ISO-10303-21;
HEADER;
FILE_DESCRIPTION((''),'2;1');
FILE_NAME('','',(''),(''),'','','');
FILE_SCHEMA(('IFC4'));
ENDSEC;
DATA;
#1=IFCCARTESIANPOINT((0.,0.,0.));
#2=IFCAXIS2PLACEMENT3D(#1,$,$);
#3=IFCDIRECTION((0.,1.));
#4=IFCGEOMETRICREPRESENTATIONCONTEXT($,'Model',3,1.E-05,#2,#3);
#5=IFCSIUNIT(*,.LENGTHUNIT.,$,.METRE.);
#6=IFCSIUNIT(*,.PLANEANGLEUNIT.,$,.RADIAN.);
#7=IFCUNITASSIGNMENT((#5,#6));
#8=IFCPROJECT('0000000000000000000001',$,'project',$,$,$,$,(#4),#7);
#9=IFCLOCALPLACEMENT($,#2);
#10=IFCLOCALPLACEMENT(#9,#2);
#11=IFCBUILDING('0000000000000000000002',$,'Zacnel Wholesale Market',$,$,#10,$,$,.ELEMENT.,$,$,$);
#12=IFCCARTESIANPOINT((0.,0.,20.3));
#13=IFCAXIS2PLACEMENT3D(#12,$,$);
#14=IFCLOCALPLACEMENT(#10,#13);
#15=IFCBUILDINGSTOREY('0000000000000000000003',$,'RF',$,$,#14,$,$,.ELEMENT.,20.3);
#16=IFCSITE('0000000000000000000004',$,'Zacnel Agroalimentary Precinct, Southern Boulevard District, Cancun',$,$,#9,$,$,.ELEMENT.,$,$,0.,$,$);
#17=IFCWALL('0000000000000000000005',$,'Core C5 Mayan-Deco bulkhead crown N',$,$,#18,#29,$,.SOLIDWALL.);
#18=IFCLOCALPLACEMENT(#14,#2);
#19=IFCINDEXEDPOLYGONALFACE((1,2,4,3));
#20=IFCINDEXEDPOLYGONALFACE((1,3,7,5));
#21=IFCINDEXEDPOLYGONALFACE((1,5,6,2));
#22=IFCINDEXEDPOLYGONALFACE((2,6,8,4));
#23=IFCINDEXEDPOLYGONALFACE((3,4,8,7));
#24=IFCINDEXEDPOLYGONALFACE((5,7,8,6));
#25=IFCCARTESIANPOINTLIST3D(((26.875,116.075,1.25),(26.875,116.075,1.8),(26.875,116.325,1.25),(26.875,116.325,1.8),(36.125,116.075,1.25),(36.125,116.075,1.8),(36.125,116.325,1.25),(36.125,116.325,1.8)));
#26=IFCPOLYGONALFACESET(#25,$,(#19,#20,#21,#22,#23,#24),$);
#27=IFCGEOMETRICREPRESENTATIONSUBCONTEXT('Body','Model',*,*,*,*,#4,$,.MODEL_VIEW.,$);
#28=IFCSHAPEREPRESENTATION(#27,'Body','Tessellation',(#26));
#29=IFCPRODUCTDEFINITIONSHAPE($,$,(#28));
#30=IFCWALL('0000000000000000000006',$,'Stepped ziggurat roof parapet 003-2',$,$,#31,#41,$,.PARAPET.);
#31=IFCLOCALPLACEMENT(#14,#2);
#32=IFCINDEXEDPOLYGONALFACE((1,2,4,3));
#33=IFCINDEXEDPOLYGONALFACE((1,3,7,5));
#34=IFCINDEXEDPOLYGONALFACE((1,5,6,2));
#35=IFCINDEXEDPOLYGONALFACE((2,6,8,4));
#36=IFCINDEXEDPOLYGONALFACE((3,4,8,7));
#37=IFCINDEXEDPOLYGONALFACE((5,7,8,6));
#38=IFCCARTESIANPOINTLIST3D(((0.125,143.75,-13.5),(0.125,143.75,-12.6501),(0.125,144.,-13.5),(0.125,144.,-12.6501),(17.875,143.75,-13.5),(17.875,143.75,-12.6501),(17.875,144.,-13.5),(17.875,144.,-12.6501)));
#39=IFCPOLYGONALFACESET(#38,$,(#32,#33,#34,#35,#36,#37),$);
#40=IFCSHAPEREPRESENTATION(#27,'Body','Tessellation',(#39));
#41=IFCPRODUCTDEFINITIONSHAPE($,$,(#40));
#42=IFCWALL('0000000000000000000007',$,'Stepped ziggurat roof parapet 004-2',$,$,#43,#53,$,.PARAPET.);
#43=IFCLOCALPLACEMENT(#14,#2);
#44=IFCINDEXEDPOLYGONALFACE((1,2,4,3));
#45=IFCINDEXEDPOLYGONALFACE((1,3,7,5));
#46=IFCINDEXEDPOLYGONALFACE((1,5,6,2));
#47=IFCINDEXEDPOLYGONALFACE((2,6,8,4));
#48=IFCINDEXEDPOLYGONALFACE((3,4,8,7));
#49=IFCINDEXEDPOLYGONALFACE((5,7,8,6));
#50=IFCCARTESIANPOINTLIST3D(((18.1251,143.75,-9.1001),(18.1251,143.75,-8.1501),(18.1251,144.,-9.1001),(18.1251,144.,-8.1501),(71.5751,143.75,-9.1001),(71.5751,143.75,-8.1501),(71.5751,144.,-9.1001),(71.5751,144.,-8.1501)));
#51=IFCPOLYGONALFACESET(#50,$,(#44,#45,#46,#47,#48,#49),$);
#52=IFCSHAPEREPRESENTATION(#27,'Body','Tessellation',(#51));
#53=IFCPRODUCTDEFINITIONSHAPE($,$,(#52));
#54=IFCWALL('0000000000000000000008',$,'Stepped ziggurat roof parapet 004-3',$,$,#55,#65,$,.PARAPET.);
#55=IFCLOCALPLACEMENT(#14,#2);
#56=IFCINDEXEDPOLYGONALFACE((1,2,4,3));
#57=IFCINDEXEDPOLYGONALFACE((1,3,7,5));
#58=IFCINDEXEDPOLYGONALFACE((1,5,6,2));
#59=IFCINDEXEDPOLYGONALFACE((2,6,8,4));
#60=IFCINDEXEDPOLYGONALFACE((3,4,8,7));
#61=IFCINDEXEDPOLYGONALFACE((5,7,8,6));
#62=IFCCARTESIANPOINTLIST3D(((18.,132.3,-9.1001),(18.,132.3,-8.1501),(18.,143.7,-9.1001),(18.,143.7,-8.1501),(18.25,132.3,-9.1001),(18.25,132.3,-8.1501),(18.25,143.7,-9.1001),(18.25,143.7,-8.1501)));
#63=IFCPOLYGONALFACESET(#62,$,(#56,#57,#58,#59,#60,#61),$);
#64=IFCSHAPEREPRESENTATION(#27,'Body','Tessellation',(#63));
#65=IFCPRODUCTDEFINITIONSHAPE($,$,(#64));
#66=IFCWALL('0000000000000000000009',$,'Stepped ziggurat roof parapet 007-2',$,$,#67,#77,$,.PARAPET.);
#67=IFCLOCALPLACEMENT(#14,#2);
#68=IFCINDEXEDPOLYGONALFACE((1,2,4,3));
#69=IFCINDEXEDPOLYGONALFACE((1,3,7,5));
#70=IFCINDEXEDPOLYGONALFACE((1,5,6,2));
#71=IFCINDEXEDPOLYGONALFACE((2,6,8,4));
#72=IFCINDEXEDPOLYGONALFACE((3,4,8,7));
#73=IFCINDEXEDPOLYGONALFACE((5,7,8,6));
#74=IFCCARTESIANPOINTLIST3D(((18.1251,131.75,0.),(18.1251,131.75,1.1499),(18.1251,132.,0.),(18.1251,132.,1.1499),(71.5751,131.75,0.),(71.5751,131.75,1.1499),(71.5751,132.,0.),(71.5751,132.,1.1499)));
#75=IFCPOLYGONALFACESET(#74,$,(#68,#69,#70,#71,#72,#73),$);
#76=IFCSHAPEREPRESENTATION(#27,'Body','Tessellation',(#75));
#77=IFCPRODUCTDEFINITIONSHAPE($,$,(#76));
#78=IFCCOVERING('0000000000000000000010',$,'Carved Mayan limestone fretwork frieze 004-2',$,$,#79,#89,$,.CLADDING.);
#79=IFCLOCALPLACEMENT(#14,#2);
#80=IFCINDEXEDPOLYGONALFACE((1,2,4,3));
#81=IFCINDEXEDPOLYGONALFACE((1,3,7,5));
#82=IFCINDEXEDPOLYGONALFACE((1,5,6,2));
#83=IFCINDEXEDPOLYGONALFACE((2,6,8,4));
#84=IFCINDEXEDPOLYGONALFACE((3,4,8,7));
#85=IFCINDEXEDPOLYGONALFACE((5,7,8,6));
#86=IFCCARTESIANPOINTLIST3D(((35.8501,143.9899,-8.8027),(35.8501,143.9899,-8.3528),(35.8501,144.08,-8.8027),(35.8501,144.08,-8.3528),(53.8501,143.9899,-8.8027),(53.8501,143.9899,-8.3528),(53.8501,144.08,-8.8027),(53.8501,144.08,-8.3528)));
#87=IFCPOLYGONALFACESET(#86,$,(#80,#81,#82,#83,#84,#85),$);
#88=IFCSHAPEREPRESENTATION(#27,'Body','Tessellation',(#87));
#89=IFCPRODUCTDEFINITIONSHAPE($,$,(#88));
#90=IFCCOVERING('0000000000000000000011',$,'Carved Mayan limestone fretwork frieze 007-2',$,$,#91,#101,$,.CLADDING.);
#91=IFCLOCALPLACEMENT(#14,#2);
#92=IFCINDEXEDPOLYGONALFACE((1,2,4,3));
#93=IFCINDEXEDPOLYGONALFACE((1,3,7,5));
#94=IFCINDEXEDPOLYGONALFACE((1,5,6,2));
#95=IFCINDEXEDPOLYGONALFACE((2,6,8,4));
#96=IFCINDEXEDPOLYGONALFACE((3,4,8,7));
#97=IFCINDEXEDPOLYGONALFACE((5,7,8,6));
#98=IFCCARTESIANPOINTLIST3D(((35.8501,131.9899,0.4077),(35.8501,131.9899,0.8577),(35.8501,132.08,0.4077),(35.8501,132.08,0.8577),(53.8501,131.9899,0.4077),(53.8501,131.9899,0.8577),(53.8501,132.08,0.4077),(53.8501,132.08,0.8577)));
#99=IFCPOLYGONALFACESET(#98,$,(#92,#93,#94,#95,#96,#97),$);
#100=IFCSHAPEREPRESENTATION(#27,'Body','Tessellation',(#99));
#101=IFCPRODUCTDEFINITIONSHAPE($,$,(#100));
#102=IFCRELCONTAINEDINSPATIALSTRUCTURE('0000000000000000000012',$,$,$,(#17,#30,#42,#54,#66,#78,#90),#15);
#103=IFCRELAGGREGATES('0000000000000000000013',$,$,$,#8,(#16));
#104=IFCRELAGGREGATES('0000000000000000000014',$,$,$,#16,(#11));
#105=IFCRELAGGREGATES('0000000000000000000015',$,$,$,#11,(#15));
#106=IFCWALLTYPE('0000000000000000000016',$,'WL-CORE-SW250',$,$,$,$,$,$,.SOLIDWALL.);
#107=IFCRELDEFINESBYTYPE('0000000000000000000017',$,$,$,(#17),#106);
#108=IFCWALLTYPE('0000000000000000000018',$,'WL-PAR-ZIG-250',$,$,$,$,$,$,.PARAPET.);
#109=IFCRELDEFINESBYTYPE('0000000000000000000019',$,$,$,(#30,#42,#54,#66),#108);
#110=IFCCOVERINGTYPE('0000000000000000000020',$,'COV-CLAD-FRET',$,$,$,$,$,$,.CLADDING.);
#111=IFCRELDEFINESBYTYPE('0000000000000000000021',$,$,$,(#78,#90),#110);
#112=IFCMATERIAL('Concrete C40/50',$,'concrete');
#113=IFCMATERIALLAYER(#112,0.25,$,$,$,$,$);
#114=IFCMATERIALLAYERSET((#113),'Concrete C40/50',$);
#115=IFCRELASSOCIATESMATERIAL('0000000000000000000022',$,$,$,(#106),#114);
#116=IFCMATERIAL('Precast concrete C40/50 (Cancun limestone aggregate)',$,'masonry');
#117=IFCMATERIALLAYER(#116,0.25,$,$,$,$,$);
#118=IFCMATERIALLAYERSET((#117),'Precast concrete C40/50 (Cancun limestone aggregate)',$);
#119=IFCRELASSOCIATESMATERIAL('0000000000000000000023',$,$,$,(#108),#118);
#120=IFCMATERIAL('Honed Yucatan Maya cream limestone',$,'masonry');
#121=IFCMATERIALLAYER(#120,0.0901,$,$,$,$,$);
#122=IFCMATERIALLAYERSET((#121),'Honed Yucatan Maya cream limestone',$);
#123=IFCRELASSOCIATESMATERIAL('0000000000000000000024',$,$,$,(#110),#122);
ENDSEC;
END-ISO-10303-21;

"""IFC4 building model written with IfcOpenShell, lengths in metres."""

from ifc_helpers import new_model, si_unit, direction, frame, frame_2d, origin, origin_2d, place, context, subcontext, project, spatial, rectangle, extrude, material, layer, layer_set, type_object, element, save


model = new_model("IFC4")

# Units and contexts
model_context = context("Model", 3, precision=1e-05, world=origin(), true_north=direction((0.0, 1.0)))
body_context = subcontext(model_context, "Body", "Model", "MODEL_VIEW")
ifc_project = project(units=[si_unit("LENGTHUNIT", "METRE"), si_unit("PLANEANGLEUNIT", "RADIAN")], contexts=[model_context])

# Site, building, storey
site_placement = place(None, origin())
site = spatial("IfcSite", under=ifc_project, at=site_placement, Name="Zacnel Agroalimentary Precinct, Southern Boulevard District, Cancun", CompositionType="ELEMENT", RefElevation=0.0)
building_placement = place(site_placement, origin())
building = spatial("IfcBuilding", under=site, at=building_placement, Name="Zacnel Wholesale Market", CompositionType="ELEMENT")
storey_placement = place(building_placement, frame((0.0, 0.0, 20.3)))
storey = spatial("IfcBuildingStorey", under=building, at=storey_placement, Name="RF", CompositionType="ELEMENT", Elevation=20.3)

# Walls
ifc_material_1 = material(Name="Concrete C40/50", Category="concrete")
ifc_layer_1 = layer(ifc_material_1, 0.25)
ifc_layer_set_1 = layer_set([ifc_layer_1], Name="Concrete C40/50")
wall_type_1 = type_object("IfcWallType", Name="WL-CORE-SW250", PredefinedType="SOLIDWALL", material=ifc_layer_set_1)
wall_1_placement = place(storey_placement, frame((26.875, 116.2, 1.25), z_axis=(0.0, 0.0, 1.0), x_axis=(1.0, 0.0, 0.0)))
element("IfcWall", 1, at=wall_1_placement, inside=storey, type_object=wall_type_1, Name="Core C5 Mayan-Deco bulkhead crown N", PredefinedType="SOLIDWALL", context=body_context, shape_type="SweptSolid", body=[
    extrude(rectangle(XDim=9.25, YDim=0.25, at=frame_2d((4.625, 0.0))), origin(), (0.0, 0.0, 1.0), 0.55),
])
ifc_material_2 = material(Name="Precast concrete C40/50 (Cancun limestone aggregate)", Category="masonry")
ifc_layer_2 = layer(ifc_material_2, 0.25)
ifc_layer_set_2 = layer_set([ifc_layer_2], Name="Precast concrete C40/50 (Cancun limestone aggregate)")
wall_type_2 = type_object("IfcWallType", Name="WL-PAR-ZIG-250", PredefinedType="PARAPET", material=ifc_layer_set_2)
wall_2_placement = place(storey_placement, frame((0.125, 143.875, -13.5), z_axis=(0.0, 0.0, 1.0), x_axis=(1.0, 0.0, 0.0)))
element("IfcWall", 2, at=wall_2_placement, inside=storey, type_object=wall_type_2, Name="Stepped ziggurat roof parapet 003-2", PredefinedType="PARAPET", context=body_context, shape_type="SweptSolid", body=[
    extrude(rectangle(XDim=17.75, YDim=0.25, at=frame_2d((8.875, 0.0))), origin(), (0.0, 0.0, 1.0), 0.8499),
])
wall_3_placement = place(storey_placement, frame((18.125, 143.875, -9.1001), z_axis=(0.0, 0.0, 1.0), x_axis=(1.0, 0.0, 0.0)))
element("IfcWall", 3, at=wall_3_placement, inside=storey, type_object=wall_type_2, Name="Stepped ziggurat roof parapet 004-2", PredefinedType="PARAPET", context=body_context, shape_type="SweptSolid", body=[
    extrude(rectangle(XDim=53.45, YDim=0.25, at=frame_2d((26.7251, 0.0))), origin(), (0.0, 0.0, 1.0), 0.95),
])
wall_4_placement = place(storey_placement, frame((18.125, 132.3, -9.1001), z_axis=(0.0, 0.0, 1.0), x_axis=(0.0, 1.0, 0.0)))
element("IfcWall", 4, at=wall_4_placement, inside=storey, type_object=wall_type_2, Name="Stepped ziggurat roof parapet 004-3", PredefinedType="PARAPET", context=body_context, shape_type="SweptSolid", body=[
    extrude(rectangle(XDim=11.3999, YDim=0.25, at=frame_2d((5.7, 0.0))), origin(), (0.0, 0.0, 1.0), 0.95),
])
wall_5_placement = place(storey_placement, frame((18.125, 131.875, 0.0), z_axis=(0.0, 0.0, 1.0), x_axis=(1.0, 0.0, 0.0)))
element("IfcWall", 5, at=wall_5_placement, inside=storey, type_object=wall_type_2, Name="Stepped ziggurat roof parapet 007-2", PredefinedType="PARAPET", context=body_context, shape_type="SweptSolid", body=[
    extrude(rectangle(XDim=53.45, YDim=0.25, at=frame_2d((26.7251, 0.0))), origin(), (0.0, 0.0, 1.0), 1.1499),
])

# Coverings
ifc_material_3 = material(Name="Honed Yucatan Maya cream limestone", Category="masonry")
ifc_layer_3 = layer(ifc_material_3, 0.0901)
ifc_layer_set_3 = layer_set([ifc_layer_3], Name="Honed Yucatan Maya cream limestone")
covering_type = type_object("IfcCoveringType", Name="COV-CLAD-FRET", PredefinedType="CLADDING", material=ifc_layer_set_3)
for number, where, z_axis, x_axis, name in (
    (6, (44.8501, 144.0349, -8.8027), (0.0, 0.0, 1.0), (1.0, 0.0, 0.0), "Carved Mayan limestone fretwork frieze 004-2"),
    (7, (44.8501, 132.0349, 0.4077), (0.0, 0.0, 1.0), (1.0, 0.0, 0.0), "Carved Mayan limestone fretwork frieze 007-2"),
):
    element("IfcCovering", number, at=place(storey_placement, frame(where, z_axis=z_axis, x_axis=x_axis)), inside=storey, type_object=covering_type, Name=name, PredefinedType="CLADDING", context=body_context, shape_type="SweptSolid", body=[
        extrude(rectangle(XDim=18.0, YDim=0.0901, at=origin_2d()), origin(), (0.0, 0.0, 1.0), 0.45),
    ])

save(model, "model.ifc")
